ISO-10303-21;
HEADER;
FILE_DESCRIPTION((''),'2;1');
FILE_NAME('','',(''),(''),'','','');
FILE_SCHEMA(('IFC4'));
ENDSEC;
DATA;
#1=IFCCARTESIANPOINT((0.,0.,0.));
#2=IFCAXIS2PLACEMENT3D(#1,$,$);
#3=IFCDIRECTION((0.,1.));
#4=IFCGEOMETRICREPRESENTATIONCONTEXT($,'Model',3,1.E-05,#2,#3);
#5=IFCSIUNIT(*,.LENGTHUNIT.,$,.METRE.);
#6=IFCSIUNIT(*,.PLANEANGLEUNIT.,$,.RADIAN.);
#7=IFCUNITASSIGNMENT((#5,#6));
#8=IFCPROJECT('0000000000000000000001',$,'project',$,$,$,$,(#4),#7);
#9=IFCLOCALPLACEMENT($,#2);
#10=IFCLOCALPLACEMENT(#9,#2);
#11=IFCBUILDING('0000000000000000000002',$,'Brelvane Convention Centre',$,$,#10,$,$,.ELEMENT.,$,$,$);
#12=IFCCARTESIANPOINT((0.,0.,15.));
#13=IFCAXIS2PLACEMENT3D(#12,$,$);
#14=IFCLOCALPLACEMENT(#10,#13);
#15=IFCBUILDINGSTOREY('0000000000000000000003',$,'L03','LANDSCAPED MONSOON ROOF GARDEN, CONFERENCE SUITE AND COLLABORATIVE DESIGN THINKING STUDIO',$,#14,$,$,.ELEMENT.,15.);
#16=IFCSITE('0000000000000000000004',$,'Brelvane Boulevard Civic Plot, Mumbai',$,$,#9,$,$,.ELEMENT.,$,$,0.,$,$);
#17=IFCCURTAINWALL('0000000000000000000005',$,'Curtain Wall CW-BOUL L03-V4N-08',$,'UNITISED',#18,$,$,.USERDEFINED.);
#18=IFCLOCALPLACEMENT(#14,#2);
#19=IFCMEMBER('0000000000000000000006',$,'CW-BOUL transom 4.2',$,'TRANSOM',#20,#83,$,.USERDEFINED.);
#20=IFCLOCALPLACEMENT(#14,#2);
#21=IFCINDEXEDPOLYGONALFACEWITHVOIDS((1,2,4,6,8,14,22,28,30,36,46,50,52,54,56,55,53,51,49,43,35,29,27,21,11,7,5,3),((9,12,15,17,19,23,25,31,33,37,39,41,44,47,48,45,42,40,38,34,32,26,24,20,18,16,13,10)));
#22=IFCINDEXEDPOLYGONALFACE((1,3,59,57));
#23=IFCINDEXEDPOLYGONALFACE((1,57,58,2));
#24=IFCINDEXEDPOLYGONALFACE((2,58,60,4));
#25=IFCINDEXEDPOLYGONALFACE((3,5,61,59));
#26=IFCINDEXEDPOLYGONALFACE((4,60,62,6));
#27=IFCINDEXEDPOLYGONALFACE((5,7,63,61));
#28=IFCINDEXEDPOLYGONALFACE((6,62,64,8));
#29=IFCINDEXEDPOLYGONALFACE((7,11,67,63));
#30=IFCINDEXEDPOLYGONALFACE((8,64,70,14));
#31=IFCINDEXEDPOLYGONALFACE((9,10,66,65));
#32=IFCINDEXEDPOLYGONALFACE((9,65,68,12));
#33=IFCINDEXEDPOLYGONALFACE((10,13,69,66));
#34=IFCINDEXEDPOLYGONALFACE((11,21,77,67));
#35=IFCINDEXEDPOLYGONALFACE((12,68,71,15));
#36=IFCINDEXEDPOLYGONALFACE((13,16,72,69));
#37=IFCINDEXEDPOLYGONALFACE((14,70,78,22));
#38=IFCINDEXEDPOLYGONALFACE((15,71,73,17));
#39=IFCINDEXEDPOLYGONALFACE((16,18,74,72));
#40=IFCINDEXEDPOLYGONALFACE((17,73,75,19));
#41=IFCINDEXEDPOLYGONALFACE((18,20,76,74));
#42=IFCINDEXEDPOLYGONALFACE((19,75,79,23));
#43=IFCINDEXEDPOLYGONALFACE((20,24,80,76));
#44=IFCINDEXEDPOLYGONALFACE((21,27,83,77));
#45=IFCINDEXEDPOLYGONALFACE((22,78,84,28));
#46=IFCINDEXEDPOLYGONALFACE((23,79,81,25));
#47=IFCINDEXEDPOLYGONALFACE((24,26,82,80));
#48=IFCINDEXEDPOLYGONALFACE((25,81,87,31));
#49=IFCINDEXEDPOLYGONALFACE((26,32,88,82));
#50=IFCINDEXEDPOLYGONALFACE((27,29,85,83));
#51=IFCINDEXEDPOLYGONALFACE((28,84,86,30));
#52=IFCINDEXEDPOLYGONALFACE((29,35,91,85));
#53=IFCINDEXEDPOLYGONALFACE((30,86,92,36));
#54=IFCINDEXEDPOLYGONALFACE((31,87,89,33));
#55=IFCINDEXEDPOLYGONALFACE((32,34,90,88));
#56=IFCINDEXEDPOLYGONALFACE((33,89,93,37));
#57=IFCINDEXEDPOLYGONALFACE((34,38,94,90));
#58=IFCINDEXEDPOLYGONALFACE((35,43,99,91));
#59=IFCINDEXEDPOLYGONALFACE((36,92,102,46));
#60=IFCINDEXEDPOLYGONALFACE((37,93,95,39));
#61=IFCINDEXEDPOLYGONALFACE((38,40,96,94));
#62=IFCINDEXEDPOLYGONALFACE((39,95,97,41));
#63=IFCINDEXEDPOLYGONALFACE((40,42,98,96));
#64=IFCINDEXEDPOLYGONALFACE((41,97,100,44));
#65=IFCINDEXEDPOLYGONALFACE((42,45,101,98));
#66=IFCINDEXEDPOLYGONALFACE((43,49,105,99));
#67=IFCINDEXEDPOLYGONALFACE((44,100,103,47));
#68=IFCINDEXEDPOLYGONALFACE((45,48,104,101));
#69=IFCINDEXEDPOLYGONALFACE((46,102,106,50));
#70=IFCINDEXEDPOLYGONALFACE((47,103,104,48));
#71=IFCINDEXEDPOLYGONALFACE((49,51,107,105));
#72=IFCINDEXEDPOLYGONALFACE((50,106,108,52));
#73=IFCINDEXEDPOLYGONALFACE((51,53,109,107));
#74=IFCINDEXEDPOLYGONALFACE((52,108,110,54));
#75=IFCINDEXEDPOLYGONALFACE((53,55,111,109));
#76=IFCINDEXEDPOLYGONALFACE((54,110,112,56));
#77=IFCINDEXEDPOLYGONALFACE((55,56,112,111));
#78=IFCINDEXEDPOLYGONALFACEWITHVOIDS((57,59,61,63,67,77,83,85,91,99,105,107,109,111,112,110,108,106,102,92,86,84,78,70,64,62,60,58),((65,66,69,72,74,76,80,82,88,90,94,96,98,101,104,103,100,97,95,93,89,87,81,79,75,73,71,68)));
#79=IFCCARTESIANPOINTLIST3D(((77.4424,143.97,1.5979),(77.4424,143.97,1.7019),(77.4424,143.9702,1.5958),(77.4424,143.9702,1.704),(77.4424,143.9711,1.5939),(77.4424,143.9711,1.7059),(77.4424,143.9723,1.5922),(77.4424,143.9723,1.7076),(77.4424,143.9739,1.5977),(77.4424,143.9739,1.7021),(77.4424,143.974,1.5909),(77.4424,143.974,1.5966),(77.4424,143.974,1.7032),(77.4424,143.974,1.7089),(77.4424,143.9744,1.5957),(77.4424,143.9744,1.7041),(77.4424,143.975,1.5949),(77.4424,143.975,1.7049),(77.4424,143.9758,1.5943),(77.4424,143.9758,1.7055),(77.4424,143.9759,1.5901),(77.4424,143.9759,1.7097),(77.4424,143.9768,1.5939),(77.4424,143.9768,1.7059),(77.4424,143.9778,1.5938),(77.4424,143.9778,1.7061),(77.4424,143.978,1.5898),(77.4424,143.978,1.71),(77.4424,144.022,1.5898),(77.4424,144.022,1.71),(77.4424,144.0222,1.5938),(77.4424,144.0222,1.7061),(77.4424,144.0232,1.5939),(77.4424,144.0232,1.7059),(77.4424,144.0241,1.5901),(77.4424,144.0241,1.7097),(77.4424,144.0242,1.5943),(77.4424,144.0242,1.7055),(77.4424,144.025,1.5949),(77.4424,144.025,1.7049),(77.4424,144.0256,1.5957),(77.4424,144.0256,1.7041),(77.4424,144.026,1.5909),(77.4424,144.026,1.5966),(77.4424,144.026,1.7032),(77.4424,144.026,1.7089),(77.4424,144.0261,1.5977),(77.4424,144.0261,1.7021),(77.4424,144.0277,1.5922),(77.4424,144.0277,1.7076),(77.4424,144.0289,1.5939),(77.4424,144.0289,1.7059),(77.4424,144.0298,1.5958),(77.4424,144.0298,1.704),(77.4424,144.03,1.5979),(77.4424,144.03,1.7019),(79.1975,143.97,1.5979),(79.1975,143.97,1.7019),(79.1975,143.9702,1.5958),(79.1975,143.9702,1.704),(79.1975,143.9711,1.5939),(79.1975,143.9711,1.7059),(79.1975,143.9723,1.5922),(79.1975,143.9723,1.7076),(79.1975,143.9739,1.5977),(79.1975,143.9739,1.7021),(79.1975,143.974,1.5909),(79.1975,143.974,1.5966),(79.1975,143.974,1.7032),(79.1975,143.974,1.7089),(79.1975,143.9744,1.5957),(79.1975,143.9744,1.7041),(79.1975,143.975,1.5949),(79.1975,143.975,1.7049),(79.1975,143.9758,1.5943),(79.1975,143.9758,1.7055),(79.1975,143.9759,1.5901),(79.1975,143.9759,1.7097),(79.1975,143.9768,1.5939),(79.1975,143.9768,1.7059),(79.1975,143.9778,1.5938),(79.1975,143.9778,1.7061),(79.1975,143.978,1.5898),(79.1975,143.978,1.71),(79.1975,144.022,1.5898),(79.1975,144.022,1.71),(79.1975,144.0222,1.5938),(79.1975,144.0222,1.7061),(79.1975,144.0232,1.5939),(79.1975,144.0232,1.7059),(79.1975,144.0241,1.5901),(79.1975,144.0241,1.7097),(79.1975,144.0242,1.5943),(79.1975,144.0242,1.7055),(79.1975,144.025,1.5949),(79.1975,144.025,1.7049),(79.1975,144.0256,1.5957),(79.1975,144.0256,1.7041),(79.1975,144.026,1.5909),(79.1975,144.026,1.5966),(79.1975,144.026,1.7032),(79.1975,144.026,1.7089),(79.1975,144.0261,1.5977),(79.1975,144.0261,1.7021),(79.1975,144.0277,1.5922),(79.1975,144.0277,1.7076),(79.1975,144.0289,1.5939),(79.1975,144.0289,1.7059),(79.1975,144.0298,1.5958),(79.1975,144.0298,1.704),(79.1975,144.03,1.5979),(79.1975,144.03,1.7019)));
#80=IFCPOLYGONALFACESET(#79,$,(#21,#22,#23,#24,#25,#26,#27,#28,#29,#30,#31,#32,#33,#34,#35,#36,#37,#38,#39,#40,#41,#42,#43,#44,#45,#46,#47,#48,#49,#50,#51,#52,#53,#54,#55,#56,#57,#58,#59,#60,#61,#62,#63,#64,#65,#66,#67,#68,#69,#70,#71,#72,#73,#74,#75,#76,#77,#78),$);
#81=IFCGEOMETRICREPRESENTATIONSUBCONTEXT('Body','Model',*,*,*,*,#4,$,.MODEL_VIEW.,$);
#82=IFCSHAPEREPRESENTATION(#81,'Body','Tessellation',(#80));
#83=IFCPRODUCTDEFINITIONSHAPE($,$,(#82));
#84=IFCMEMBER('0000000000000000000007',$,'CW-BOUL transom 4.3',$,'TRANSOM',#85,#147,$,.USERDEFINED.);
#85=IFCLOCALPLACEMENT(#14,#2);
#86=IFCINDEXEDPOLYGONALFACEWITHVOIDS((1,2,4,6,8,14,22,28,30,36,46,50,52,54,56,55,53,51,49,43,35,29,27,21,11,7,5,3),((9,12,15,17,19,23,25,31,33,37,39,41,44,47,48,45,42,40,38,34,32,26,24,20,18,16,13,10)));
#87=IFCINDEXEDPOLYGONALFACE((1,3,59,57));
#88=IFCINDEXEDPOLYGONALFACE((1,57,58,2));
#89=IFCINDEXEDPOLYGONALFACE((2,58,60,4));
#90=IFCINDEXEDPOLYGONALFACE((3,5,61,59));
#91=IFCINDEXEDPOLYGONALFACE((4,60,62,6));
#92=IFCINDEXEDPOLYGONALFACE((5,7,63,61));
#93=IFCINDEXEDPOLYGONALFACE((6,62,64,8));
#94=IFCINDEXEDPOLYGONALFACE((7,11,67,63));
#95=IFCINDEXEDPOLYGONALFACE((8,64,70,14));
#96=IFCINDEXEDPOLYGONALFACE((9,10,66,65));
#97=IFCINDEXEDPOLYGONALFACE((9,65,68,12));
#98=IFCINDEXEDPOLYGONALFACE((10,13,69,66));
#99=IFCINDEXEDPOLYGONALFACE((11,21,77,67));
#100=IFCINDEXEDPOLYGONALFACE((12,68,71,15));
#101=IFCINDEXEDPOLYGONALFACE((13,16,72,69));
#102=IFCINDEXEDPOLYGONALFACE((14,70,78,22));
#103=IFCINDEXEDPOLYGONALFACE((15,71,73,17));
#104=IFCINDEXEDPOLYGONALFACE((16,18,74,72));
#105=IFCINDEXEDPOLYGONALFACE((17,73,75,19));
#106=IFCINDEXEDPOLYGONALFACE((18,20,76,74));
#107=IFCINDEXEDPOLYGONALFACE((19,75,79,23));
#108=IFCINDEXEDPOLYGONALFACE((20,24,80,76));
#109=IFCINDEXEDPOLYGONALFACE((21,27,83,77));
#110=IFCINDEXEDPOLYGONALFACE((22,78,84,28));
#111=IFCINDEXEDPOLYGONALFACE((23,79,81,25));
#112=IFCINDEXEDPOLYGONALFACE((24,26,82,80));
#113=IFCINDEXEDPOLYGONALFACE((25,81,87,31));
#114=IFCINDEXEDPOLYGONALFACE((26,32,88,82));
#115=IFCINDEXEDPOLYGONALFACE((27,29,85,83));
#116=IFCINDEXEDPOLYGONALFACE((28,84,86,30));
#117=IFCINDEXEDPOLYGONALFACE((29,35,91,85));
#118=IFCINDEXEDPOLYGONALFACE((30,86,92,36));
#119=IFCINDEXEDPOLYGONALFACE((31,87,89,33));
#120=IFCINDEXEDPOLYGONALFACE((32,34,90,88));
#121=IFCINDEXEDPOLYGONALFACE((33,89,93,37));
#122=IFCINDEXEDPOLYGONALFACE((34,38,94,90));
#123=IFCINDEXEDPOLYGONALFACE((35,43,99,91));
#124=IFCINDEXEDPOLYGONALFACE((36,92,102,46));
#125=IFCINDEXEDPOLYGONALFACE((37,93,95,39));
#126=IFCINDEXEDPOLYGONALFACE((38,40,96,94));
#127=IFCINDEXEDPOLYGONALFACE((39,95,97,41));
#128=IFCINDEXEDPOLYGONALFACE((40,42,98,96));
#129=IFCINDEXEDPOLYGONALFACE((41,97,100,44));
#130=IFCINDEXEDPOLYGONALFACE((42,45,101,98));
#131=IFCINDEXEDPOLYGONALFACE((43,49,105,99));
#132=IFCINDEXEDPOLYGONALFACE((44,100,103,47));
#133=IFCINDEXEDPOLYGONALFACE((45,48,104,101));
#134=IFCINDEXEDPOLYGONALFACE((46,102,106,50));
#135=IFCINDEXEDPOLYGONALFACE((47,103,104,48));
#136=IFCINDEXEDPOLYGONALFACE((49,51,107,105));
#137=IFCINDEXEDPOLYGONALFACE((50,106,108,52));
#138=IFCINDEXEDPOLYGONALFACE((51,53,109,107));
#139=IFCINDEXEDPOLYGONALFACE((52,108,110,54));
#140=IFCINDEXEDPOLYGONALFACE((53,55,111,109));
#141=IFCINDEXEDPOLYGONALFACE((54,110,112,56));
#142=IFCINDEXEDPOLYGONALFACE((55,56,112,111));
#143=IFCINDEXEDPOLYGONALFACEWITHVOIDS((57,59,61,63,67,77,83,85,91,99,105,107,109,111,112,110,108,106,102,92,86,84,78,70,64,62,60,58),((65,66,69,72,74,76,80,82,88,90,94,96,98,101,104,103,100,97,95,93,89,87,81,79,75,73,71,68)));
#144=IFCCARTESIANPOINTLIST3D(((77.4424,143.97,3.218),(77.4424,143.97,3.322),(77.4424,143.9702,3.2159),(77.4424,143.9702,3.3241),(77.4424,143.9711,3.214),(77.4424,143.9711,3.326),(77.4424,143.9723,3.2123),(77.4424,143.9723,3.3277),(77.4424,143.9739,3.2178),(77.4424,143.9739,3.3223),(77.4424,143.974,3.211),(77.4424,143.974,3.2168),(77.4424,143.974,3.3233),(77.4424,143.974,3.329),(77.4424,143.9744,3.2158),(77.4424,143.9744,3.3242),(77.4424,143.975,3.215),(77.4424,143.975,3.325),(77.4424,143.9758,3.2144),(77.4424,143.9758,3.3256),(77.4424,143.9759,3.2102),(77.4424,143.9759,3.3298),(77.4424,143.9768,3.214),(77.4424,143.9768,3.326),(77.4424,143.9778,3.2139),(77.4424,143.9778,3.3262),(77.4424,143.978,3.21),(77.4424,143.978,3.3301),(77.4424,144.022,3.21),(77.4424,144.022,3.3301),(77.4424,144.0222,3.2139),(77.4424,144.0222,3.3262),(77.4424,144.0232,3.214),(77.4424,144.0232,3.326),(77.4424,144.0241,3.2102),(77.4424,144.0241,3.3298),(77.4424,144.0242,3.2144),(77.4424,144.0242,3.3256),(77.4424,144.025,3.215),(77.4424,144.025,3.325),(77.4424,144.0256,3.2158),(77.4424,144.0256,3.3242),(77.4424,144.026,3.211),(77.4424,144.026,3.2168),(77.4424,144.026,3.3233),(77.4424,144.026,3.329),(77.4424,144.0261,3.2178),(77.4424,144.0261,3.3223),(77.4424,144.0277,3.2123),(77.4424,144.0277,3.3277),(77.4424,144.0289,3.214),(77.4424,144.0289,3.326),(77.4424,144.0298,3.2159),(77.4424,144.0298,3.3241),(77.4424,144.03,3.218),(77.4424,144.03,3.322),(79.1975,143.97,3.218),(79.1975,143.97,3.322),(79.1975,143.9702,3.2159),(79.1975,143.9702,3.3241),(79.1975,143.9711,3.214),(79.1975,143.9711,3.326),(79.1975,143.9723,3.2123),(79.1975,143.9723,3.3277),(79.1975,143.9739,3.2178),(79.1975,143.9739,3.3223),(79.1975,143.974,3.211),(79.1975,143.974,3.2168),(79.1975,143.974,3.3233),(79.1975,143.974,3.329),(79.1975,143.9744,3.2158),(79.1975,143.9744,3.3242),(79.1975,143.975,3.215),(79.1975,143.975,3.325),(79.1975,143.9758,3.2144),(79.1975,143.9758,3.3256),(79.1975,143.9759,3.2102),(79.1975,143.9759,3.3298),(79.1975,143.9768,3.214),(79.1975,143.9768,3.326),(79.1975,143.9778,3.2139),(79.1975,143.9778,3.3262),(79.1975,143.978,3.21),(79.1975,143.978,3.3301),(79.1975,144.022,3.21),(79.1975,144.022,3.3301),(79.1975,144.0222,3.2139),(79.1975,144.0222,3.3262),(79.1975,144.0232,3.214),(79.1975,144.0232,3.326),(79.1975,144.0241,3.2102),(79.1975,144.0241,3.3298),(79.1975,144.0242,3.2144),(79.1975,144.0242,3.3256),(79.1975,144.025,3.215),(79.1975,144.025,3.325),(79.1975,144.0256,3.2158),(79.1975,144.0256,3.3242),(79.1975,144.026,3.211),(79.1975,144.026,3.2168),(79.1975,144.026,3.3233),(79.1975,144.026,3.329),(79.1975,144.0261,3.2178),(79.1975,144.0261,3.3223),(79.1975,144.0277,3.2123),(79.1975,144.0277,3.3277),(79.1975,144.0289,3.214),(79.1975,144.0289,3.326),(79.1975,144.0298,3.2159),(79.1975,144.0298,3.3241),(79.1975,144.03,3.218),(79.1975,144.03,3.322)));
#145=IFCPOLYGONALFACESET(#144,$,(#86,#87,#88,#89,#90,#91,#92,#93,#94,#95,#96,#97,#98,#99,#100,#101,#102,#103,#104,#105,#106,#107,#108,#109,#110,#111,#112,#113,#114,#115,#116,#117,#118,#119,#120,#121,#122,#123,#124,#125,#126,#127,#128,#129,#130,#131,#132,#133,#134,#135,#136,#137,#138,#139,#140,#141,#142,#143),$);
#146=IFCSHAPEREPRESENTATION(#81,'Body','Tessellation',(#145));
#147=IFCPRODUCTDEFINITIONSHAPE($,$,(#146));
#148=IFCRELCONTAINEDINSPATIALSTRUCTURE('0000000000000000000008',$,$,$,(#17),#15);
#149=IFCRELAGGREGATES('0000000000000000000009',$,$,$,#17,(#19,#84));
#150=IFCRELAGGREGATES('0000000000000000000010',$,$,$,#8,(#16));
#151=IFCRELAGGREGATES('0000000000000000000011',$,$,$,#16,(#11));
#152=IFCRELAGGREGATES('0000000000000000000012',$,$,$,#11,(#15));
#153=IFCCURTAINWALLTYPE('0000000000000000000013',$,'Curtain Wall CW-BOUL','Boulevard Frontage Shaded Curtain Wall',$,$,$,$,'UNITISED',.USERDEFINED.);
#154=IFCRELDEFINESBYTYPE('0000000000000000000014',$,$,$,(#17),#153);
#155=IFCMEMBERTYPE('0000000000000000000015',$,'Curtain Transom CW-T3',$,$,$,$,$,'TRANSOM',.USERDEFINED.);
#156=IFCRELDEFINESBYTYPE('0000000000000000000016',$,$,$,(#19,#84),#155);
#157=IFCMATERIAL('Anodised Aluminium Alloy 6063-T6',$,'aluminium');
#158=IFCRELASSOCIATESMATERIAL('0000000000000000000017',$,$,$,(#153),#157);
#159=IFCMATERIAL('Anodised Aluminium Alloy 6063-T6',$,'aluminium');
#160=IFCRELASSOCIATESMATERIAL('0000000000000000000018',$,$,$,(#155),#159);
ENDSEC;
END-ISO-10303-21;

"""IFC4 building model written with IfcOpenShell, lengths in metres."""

from ifc_helpers import new_model, si_unit, direction, frame, origin, origin_2d, place, context, subcontext, project, spatial, hollow_rectangle, extrude, material, material_profile, profile_set, type_object, element, aggregate, save


model = new_model("IFC4")

# Units and contexts
model_context = context("Model", 3, precision=1e-05, world=origin(), true_north=direction((0.0, 1.0)))
body_context = subcontext(model_context, "Body", "Model", "MODEL_VIEW")
ifc_project = project(units=[si_unit("LENGTHUNIT", "METRE"), si_unit("PLANEANGLEUNIT", "RADIAN")], contexts=[model_context])

# Site, building, storey
site_placement = place(None, origin())
site = spatial("IfcSite", under=ifc_project, at=site_placement, Name="Brelvane Boulevard Civic Plot, Mumbai", CompositionType="ELEMENT", RefElevation=0.0)
building_placement = place(site_placement, origin())
building = spatial("IfcBuilding", under=site, at=building_placement, Name="Brelvane Convention Centre", CompositionType="ELEMENT")
storey_placement = place(building_placement, frame((0.0, 0.0, 15.0)))
storey = spatial("IfcBuildingStorey", under=building, at=storey_placement, Name="L03", Description="LANDSCAPED MONSOON ROOF GARDEN, CONFERENCE SUITE AND COLLABORATIVE DESIGN THINKING STUDIO", CompositionType="ELEMENT", Elevation=15.0)

# Curtain wall, members
ifc_material_1 = material(Name="Anodised Aluminium Alloy 6063-T6", Category="aluminium")
curtain_wall_type = type_object("IfcCurtainWallType", Name="Curtain Wall CW-BOUL", Description="Boulevard Frontage Shaded Curtain Wall", ElementType="UNITISED", PredefinedType="USERDEFINED", material=ifc_material_1)
curtain_wall_placement = place(storey_placement, origin())
curtain_wall = element("IfcCurtainWall", 1, at=curtain_wall_placement, inside=storey, type_object=curtain_wall_type, Name="Curtain Wall CW-BOUL L03-V4N-08", ObjectType="UNITISED", PredefinedType="USERDEFINED")
ifc_material_2 = material(Name="Anodised Aluminium Alloy 6063-T6", Category="aluminium")
ifc_material_profile_1 = material_profile(ifc_material_2, hollow_rectangle(XDim=0.0601, YDim=0.1201, WallThickness=0.0039, InnerFilletRadius=0.0039, OuterFilletRadius=0.0081, at=origin_2d()), Name="ALU-T 120x60x4.0")
ifc_profile_set_1 = profile_set([ifc_material_profile_1], Name="Anodised Aluminium Alloy 6063-T6")
member_type_1 = type_object("IfcMemberType", Name="Curtain Transom CW-T3", ElementType="TRANSOM", PredefinedType="USERDEFINED", material=ifc_profile_set_1)
member_1_placement = place(storey_placement, frame((77.4424, 144.0, 1.6499), z_axis=(1.0, 0.0, 0.0), x_axis=(0.0, 1.0, 0.0)))
member_1 = element("IfcMember", 2, at=member_1_placement, type_object=member_type_1, Name="CW-BOUL transom 4.2", ObjectType="TRANSOM", PredefinedType="USERDEFINED", context=body_context, shape_type="SweptSolid", body=[
    extrude(hollow_rectangle(XDim=0.0601, YDim=0.1201, WallThickness=0.0039, InnerFilletRadius=0.0039, OuterFilletRadius=0.0081, at=origin_2d()), origin(), (0.0, 0.0, 1.0), 1.7551),
])
member_2_placement = place(storey_placement, frame((77.4424, 144.0, 3.27), z_axis=(1.0, 0.0, 0.0), x_axis=(0.0, 1.0, 0.0)))
member_2 = element("IfcMember", 3, at=member_2_placement, type_object=member_type_1, Name="CW-BOUL transom 4.3", ObjectType="TRANSOM", PredefinedType="USERDEFINED", context=body_context, shape_type="SweptSolid", body=[
    extrude(hollow_rectangle(XDim=0.0601, YDim=0.1201, WallThickness=0.0039, InnerFilletRadius=0.0039, OuterFilletRadius=0.0081, at=origin_2d()), origin(), (0.0, 0.0, 1.0), 1.7551),
])

aggregate(curtain_wall, [member_1, member_2])

save(model, "model.ifc")
